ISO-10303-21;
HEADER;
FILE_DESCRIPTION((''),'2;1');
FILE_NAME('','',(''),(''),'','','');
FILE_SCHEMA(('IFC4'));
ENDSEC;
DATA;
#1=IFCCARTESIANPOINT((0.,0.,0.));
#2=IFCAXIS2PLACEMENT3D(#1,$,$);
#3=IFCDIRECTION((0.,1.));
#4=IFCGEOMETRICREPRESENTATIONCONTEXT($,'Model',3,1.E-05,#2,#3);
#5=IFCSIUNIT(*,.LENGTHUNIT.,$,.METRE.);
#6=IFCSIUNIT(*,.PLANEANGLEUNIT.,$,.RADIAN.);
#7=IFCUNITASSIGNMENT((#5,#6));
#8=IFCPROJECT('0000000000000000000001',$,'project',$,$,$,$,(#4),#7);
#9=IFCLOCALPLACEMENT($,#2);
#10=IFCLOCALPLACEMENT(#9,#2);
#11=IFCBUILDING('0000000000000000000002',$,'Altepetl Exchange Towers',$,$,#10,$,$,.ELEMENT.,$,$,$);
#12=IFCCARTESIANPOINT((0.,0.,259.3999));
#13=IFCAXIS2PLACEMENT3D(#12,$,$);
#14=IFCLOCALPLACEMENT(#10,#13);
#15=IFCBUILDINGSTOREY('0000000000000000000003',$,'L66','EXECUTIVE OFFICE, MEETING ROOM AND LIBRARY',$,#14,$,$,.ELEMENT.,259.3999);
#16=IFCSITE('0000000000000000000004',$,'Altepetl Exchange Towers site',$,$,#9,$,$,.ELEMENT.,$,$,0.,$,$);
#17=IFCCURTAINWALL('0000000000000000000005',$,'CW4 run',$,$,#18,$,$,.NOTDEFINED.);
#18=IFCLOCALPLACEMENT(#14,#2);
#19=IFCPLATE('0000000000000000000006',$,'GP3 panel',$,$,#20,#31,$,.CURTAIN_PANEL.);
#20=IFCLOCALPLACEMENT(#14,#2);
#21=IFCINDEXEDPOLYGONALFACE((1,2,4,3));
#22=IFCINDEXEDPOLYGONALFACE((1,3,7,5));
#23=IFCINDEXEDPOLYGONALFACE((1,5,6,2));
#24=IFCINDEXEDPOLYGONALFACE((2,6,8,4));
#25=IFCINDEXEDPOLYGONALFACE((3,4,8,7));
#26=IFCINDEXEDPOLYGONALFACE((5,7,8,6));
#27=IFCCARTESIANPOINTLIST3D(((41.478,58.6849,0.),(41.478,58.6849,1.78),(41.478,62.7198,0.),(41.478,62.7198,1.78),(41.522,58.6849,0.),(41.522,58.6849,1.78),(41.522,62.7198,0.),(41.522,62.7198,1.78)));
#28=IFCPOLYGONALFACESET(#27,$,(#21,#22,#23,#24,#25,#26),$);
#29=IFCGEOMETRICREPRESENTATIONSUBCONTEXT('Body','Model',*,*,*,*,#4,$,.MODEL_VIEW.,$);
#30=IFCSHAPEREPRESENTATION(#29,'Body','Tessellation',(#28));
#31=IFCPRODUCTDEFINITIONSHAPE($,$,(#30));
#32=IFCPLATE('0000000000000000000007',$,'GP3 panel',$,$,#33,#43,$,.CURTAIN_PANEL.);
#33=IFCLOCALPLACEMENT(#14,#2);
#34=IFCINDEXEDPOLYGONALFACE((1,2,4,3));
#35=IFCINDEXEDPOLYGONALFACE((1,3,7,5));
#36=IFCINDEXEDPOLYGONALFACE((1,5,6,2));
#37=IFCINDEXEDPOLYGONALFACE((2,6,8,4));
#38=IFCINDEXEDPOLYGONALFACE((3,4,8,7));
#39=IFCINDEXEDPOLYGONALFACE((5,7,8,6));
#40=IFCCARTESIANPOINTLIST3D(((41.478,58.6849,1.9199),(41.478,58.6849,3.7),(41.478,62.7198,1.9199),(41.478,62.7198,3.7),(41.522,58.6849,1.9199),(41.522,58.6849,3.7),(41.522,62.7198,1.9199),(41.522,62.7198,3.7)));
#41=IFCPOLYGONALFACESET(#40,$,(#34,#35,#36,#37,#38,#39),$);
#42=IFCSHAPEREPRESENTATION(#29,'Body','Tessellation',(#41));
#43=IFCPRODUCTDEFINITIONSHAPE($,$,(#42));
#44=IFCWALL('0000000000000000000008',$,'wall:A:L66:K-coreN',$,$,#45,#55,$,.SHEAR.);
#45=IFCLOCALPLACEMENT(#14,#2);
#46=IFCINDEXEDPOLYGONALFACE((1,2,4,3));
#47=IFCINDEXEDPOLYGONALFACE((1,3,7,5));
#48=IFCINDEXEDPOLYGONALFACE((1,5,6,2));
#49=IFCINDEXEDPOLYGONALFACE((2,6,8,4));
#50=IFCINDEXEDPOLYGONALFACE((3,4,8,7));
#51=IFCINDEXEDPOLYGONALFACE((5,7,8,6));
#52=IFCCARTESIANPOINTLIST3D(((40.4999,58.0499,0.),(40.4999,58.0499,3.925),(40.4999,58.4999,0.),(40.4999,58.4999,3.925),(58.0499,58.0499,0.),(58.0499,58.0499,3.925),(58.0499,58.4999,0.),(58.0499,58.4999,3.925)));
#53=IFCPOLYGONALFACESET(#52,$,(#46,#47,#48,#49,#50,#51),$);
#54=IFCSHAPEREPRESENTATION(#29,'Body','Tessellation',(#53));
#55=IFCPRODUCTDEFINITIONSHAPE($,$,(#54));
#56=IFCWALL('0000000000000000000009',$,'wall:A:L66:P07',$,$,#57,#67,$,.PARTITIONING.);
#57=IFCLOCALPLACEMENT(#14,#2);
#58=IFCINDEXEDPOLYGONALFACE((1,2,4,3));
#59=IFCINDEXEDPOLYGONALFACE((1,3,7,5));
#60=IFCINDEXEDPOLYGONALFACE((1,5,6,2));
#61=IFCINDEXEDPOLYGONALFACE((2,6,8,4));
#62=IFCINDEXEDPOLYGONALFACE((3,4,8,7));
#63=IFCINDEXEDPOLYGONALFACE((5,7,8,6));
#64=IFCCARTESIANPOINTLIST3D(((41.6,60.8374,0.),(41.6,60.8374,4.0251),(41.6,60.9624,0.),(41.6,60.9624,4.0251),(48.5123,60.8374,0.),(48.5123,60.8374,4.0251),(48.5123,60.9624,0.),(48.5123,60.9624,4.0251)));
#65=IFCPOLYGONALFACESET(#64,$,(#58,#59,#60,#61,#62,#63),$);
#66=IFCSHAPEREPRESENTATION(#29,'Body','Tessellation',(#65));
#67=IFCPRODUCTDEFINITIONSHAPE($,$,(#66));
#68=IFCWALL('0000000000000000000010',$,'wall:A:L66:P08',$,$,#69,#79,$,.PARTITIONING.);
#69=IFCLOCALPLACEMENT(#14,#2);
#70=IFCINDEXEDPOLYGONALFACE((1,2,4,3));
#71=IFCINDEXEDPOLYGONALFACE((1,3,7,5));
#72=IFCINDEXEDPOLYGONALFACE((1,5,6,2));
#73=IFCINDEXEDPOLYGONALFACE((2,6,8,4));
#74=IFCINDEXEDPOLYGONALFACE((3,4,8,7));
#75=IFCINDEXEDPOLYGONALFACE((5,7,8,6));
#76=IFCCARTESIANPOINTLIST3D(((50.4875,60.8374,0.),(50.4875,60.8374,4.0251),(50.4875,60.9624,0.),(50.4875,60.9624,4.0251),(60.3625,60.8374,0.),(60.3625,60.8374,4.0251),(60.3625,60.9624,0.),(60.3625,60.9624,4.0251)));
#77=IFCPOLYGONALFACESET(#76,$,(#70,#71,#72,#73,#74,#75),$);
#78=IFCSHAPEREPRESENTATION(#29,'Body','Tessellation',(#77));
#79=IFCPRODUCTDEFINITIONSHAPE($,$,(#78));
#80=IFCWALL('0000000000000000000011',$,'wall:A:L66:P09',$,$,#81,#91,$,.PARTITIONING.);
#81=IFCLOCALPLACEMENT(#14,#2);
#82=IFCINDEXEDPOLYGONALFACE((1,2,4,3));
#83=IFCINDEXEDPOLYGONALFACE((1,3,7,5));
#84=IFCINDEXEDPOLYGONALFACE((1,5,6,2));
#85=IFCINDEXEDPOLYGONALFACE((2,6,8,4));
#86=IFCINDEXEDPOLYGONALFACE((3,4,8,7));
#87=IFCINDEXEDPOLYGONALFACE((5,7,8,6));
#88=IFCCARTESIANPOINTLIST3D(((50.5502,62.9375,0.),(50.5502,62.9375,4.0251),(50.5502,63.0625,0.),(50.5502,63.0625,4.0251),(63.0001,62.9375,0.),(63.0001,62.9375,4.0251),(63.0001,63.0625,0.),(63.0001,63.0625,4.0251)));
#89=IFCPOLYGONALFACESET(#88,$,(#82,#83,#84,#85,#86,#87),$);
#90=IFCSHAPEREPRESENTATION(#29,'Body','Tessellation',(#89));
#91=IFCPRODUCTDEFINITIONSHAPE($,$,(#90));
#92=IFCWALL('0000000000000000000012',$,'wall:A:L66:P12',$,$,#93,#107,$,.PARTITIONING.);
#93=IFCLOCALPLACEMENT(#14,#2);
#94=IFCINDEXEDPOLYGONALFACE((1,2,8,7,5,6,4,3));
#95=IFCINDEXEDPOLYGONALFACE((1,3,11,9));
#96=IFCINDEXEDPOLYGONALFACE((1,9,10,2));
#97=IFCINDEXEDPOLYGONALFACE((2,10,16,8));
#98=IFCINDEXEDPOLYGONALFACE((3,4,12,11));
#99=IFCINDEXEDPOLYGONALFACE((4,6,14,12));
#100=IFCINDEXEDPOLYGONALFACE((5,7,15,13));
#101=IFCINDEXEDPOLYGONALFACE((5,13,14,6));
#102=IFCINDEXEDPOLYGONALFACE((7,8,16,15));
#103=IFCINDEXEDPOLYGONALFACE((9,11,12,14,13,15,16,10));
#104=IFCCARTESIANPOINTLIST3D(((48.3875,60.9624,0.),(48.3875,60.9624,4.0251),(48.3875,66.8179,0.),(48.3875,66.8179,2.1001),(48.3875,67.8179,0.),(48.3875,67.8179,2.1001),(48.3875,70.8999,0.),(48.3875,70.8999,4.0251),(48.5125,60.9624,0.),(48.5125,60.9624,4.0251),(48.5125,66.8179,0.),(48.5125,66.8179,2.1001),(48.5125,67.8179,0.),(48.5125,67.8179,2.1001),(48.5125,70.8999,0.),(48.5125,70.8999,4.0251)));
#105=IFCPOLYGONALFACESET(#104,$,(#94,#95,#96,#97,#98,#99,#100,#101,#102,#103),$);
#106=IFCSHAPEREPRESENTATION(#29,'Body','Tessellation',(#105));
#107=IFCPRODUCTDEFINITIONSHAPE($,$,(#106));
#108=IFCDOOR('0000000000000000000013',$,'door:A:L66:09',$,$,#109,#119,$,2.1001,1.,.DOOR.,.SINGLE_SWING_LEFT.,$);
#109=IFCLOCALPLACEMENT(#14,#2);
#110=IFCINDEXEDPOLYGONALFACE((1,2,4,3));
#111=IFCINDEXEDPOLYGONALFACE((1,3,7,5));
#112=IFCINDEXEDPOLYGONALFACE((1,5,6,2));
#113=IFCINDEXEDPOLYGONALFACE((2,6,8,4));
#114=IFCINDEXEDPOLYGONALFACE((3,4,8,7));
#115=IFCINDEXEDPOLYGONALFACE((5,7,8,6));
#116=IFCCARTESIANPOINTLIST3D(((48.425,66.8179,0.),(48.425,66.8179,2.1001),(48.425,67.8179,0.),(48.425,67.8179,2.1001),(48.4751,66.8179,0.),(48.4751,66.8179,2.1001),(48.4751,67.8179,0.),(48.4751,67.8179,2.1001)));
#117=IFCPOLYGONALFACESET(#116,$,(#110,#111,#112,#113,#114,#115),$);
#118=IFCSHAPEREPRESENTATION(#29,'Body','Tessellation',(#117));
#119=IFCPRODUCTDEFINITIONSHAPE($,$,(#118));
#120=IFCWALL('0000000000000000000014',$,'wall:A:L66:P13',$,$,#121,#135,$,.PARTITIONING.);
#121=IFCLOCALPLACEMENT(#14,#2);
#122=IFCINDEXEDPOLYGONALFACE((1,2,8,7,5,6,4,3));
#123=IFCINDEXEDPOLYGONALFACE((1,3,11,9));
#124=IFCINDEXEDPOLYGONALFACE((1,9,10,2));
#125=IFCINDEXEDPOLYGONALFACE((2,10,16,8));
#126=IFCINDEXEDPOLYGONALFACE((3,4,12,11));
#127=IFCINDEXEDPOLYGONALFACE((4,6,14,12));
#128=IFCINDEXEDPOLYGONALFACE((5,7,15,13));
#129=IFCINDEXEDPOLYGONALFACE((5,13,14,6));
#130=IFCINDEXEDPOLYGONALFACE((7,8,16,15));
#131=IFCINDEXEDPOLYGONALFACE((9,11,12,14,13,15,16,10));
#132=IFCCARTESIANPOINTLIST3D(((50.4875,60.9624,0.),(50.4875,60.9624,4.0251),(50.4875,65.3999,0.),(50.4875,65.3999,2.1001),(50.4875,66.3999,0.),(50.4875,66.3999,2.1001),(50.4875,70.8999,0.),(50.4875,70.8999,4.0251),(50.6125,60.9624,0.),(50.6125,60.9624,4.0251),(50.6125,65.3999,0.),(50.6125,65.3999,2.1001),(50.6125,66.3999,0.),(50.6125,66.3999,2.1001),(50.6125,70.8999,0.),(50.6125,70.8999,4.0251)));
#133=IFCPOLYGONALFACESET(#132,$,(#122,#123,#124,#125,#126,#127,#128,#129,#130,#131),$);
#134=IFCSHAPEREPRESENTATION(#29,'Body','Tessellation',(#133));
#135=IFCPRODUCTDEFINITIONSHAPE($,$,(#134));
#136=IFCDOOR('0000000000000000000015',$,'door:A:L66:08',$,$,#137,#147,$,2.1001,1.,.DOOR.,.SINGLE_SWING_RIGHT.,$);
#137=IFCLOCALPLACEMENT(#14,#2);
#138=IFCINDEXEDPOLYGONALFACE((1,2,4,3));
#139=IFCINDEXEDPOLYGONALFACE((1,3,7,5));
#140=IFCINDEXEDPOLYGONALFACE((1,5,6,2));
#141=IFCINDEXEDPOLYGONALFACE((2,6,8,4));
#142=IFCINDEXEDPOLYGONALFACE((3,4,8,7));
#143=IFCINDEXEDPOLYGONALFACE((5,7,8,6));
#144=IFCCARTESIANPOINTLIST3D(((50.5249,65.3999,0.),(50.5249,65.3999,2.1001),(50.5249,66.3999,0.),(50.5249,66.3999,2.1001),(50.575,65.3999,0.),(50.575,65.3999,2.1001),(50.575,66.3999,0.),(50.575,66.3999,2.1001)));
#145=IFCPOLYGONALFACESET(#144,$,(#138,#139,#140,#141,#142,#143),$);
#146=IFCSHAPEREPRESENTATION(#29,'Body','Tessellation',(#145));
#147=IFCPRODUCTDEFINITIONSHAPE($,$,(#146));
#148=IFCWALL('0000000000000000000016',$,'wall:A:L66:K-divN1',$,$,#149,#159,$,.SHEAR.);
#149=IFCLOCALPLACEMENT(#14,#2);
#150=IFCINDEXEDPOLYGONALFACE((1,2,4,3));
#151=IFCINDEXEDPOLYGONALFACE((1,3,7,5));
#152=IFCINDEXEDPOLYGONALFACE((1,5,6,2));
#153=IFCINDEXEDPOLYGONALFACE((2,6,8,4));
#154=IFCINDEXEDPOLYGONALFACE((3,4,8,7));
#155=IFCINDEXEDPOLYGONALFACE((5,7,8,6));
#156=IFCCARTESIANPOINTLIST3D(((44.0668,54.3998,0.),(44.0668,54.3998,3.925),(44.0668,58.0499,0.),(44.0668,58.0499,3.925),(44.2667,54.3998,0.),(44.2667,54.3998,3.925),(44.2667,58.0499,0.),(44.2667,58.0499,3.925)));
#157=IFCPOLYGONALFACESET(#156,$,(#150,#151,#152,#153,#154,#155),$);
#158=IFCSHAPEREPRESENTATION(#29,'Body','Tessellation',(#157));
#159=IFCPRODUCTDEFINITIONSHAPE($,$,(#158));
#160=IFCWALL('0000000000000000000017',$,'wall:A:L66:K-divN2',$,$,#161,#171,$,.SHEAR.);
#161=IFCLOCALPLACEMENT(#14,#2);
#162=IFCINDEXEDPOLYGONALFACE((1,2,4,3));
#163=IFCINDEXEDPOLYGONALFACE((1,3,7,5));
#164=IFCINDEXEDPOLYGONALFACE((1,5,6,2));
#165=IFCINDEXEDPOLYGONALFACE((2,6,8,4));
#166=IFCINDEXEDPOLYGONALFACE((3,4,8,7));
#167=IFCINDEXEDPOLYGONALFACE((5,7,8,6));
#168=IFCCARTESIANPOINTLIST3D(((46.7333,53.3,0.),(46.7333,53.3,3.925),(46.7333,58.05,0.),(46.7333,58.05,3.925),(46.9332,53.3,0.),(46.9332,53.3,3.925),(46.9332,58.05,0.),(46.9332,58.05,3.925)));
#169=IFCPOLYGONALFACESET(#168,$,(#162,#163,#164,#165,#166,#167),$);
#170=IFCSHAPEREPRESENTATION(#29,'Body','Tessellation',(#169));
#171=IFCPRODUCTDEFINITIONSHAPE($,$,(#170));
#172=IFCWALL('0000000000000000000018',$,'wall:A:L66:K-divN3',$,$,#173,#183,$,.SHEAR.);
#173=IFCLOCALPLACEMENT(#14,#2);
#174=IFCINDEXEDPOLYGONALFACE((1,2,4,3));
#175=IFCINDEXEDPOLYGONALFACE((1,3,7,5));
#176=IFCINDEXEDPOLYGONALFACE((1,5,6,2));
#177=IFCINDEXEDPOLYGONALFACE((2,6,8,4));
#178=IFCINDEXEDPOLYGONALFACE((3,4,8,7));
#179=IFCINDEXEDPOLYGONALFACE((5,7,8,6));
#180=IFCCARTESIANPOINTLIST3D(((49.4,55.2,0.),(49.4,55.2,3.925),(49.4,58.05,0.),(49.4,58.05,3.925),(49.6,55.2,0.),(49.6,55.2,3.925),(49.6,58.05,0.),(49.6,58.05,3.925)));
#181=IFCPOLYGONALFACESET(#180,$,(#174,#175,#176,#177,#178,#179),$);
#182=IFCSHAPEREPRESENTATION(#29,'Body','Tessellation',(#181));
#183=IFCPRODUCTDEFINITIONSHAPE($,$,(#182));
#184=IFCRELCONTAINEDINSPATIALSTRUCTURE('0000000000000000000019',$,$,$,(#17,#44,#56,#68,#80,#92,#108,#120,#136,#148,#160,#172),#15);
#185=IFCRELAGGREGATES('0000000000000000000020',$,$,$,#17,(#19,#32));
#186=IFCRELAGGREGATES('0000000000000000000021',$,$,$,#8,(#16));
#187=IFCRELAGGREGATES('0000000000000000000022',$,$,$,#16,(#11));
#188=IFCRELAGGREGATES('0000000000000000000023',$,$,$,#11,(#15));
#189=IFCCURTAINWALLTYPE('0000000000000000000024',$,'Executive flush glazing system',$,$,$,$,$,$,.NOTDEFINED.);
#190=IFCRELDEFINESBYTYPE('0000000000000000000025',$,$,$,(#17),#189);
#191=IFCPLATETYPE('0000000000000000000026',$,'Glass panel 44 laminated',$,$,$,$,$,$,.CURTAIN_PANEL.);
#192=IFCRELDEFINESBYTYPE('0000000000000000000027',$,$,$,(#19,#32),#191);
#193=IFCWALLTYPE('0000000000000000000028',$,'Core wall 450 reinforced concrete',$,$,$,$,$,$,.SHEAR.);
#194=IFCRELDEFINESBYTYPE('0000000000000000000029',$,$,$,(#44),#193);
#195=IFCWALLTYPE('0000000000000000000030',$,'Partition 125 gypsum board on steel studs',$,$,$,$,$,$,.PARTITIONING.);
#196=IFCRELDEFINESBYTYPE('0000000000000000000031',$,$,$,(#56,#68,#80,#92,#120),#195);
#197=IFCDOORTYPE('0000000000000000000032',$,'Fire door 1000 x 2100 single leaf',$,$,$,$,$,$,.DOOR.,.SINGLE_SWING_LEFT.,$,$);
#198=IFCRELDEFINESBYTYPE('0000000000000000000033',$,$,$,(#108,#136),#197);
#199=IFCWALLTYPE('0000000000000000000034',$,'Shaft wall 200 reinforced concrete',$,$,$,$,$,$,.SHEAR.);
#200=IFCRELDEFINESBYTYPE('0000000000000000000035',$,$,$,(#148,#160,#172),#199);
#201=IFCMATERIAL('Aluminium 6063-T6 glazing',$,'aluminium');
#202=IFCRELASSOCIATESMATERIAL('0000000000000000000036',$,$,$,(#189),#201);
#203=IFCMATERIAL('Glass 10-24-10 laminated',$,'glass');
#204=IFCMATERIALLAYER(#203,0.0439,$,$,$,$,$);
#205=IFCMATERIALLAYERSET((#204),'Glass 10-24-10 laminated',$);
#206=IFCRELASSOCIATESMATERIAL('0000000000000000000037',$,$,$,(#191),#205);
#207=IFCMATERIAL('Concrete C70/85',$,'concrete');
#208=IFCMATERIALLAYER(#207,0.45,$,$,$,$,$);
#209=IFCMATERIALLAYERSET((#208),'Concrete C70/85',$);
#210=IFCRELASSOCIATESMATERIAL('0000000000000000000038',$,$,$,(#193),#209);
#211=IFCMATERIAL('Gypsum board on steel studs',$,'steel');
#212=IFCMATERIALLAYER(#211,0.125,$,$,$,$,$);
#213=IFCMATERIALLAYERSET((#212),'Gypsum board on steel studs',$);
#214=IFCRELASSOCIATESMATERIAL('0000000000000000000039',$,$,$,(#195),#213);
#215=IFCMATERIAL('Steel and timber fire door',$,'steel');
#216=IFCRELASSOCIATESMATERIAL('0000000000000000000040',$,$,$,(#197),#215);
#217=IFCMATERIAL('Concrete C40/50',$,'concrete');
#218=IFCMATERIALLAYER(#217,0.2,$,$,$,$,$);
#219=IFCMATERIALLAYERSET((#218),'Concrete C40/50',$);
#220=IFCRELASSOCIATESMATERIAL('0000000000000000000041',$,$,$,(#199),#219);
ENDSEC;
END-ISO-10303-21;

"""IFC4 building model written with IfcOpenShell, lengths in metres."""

from ifc_helpers import new_model, si_unit, direction, frame, frame_2d, origin, origin_2d, place, context, subcontext, project, spatial, rectangle, extrude, material, layer, layer_set, type_object, element, fill, aggregate, save


model = new_model("IFC4")

# Units and contexts
model_context = context("Model", 3, precision=1e-05, world=origin(), true_north=direction((0.0, 1.0)))
body_context = subcontext(model_context, "Body", "Model", "MODEL_VIEW")
ifc_project = project(units=[si_unit("LENGTHUNIT", "METRE"), si_unit("PLANEANGLEUNIT", "RADIAN")], contexts=[model_context])

# Site, building, storey
site_placement = place(None, origin())
site = spatial("IfcSite", under=ifc_project, at=site_placement, Name="Altepetl Exchange Towers site", CompositionType="ELEMENT", RefElevation=0.0)
building_placement = place(site_placement, origin())
building = spatial("IfcBuilding", under=site, at=building_placement, Name="Altepetl Exchange Towers", CompositionType="ELEMENT")
storey_placement = place(building_placement, frame((0.0, 0.0, 259.3999)))
storey = spatial("IfcBuildingStorey", under=building, at=storey_placement, Name="L66", Description="EXECUTIVE OFFICE, MEETING ROOM AND LIBRARY", CompositionType="ELEMENT", Elevation=259.3999)

# Curtain wall
ifc_material_1 = material(Name="Aluminium 6063-T6 glazing", Category="aluminium")
curtain_wall_type = type_object("IfcCurtainWallType", Name="Executive flush glazing system", PredefinedType="NOTDEFINED", material=ifc_material_1)
curtain_wall_placement = place(storey_placement, origin())
curtain_wall = element("IfcCurtainWall", 1, at=curtain_wall_placement, inside=storey, type_object=curtain_wall_type, Name="CW4 run", PredefinedType="NOTDEFINED")

# Plates
ifc_material_2 = material(Name="Glass 10-24-10 laminated", Category="glass")
ifc_layer_1 = layer(ifc_material_2, 0.0439)
ifc_layer_set_1 = layer_set([ifc_layer_1], Name="Glass 10-24-10 laminated")
plate_type = type_object("IfcPlateType", Name="Glass panel 44 laminated", PredefinedType="CURTAIN_PANEL", material=ifc_layer_set_1)
plate_1_placement = place(storey_placement, frame((41.5, 60.7024, 0.0), z_axis=(0.0, 0.0, 1.0), x_axis=(0.0, -1.0, 0.0)))
plate_1 = element("IfcPlate", 2, at=plate_1_placement, type_object=plate_type, Name="GP3 panel", PredefinedType="CURTAIN_PANEL", context=body_context, shape_type="SweptSolid", body=[
    extrude(rectangle(XDim=4.0349, YDim=0.0439, at=origin_2d()), origin(), (0.0, 0.0, 1.0), 1.78),
])
plate_2_placement = place(storey_placement, frame((41.5, 60.7024, 1.9199), z_axis=(0.0, 0.0, 1.0), x_axis=(0.0, -1.0, 0.0)))
plate_2 = element("IfcPlate", 3, at=plate_2_placement, type_object=plate_type, Name="GP3 panel", PredefinedType="CURTAIN_PANEL", context=body_context, shape_type="SweptSolid", body=[
    extrude(rectangle(XDim=4.0349, YDim=0.0439, at=origin_2d()), origin(), (0.0, 0.0, 1.0), 1.78),
])
aggregate(curtain_wall, [plate_1, plate_2])

# Walls
ifc_material_3 = material(Name="Concrete C70/85", Category="concrete")
ifc_layer_2 = layer(ifc_material_3, 0.45)
ifc_layer_set_2 = layer_set([ifc_layer_2], Name="Concrete C70/85")
wall_type_1 = type_object("IfcWallType", Name="Core wall 450 reinforced concrete", PredefinedType="SHEAR", material=ifc_layer_set_2)
wall_1_placement = place(storey_placement, frame((40.5, 58.2749, 0.0)))
element("IfcWall", 4, at=wall_1_placement, inside=storey, type_object=wall_type_1, Name="wall:A:L66:K-coreN", PredefinedType="SHEAR", context=body_context, shape_type="SweptSolid", body=[
    extrude(rectangle(XDim=17.55, YDim=0.45, at=frame_2d((8.7749, 0.0))), origin(), (0.0, 0.0, 1.0), 3.925),
])
ifc_material_4 = material(Name="Gypsum board on steel studs", Category="steel")
ifc_layer_3 = layer(ifc_material_4, 0.125)
ifc_layer_set_3 = layer_set([ifc_layer_3], Name="Gypsum board on steel studs")
wall_type_2 = type_object("IfcWallType", Name="Partition 125 gypsum board on steel studs", PredefinedType="PARTITIONING", material=ifc_layer_set_3)
wall_2_placement = place(storey_placement, frame((41.6001, 60.8999, 0.0)))
element("IfcWall", 5, at=wall_2_placement, inside=storey, type_object=wall_type_2, Name="wall:A:L66:P07", PredefinedType="PARTITIONING", context=body_context, shape_type="SweptSolid", body=[
    extrude(rectangle(XDim=6.9124, YDim=0.125, at=frame_2d((3.4561, 0.0))), origin(), (0.0, 0.0, 1.0), 4.0251),
])
wall_3_placement = place(storey_placement, frame((50.4875, 60.8999, 0.0)))
element("IfcWall", 6, at=wall_3_placement, inside=storey, type_object=wall_type_2, Name="wall:A:L66:P08", PredefinedType="PARTITIONING", context=body_context, shape_type="SweptSolid", body=[
    extrude(rectangle(XDim=9.875, YDim=0.125, at=frame_2d((4.9375, 0.0))), origin(), (0.0, 0.0, 1.0), 4.0251),
])
wall_4_placement = place(storey_placement, frame((50.55, 63.0, 0.0)))
element("IfcWall", 7, at=wall_4_placement, inside=storey, type_object=wall_type_2, Name="wall:A:L66:P09", PredefinedType="PARTITIONING", context=body_context, shape_type="SweptSolid", body=[
    extrude(rectangle(XDim=12.45, YDim=0.125, at=frame_2d((6.2251, 0.0))), origin(), (0.0, 0.0, 1.0), 4.0251),
])

# Walls, openings, doors
wall_5_placement = place(storey_placement, frame((48.45, 60.9624, 0.0), z_axis=(0.0, 0.0, 1.0), x_axis=(0.0, 1.0, 0.0)))
wall_5 = element("IfcWall", 8, at=wall_5_placement, inside=storey, type_object=wall_type_2, Name="wall:A:L66:P12", PredefinedType="PARTITIONING", context=body_context, shape_type="SweptSolid", body=[
    extrude(rectangle(XDim=9.9375, YDim=0.125, at=frame_2d((4.9688, 0.0))), origin(), (0.0, 0.0, 1.0), 4.0251),
])
opening_1_placement = place(wall_5_placement, frame((5.8555, 0.0, 0.0)))
opening_1 = element("IfcOpeningElement", 9, at=opening_1_placement, cuts=wall_5, PredefinedType="OPENING", context=body_context, shape_type="SweptSolid", body=[
    extrude(rectangle(XDim=1.0, YDim=2.1001, at=frame_2d((0.5, 1.05))), frame((0.0, 0.0725, 0.0), z_axis=(0.0, -1.0, 0.0), x_axis=(1.0, 0.0, 0.0)), (0.0, 0.0, 1.0), 0.145),
])
ifc_material_5 = material(Name="Steel and timber fire door", Category="steel")
door_type = type_object("IfcDoorType", Name="Fire door 1000 x 2100 single leaf", OperationType="SINGLE_SWING_LEFT", PredefinedType="DOOR", material=ifc_material_5)
door_1_placement = place(opening_1_placement, origin())
door_1 = element("IfcDoor", 10, at=door_1_placement, inside=storey, type_object=door_type, Name="door:A:L66:09", OperationType="SINGLE_SWING_LEFT", OverallHeight=2.1001, OverallWidth=1.0, PredefinedType="DOOR", context=body_context, shape_type="SweptSolid", body=[
    extrude(rectangle(XDim=1.0, YDim=2.1001, at=frame_2d((0.5, 1.05))), frame((0.0, 0.0249, 0.0), z_axis=(0.0, -1.0, 0.0), x_axis=(1.0, 0.0, 0.0)), (0.0, 0.0, 1.0), 0.05),
])
fill(opening_1, door_1)
wall_6_placement = place(storey_placement, frame((50.55, 60.9624, 0.0), z_axis=(0.0, 0.0, 1.0), x_axis=(0.0, 1.0, 0.0)))
wall_6 = element("IfcWall", 11, at=wall_6_placement, inside=storey, type_object=wall_type_2, Name="wall:A:L66:P13", PredefinedType="PARTITIONING", context=body_context, shape_type="SweptSolid", body=[
    extrude(rectangle(XDim=9.9375, YDim=0.125, at=frame_2d((4.9688, 0.0))), origin(), (0.0, 0.0, 1.0), 4.0251),
])
opening_2_placement = place(wall_6_placement, frame((4.4375, 0.0, 0.0)))
opening_2 = element("IfcOpeningElement", 12, at=opening_2_placement, cuts=wall_6, PredefinedType="OPENING", context=body_context, shape_type="SweptSolid", body=[
    extrude(rectangle(XDim=1.0, YDim=2.1001, at=frame_2d((0.5, 1.05))), frame((0.0, 0.0725, 0.0), z_axis=(0.0, -1.0, 0.0), x_axis=(1.0, 0.0, 0.0)), (0.0, 0.0, 1.0), 0.145),
])
door_2_placement = place(opening_2_placement, frame((1.0, 0.0, 0.0), x_axis=(-1.0, 0.0, 0.0)))
door_2 = element("IfcDoor", 13, at=door_2_placement, inside=storey, type_object=door_type, Name="door:A:L66:08", OperationType="SINGLE_SWING_RIGHT", OverallHeight=2.1001, OverallWidth=1.0, PredefinedType="DOOR", context=body_context, shape_type="SweptSolid", body=[
    extrude(rectangle(XDim=1.0, YDim=2.1001, at=frame_2d((0.5, 1.05))), frame((0.0, 0.0249, 0.0), z_axis=(0.0, -1.0, 0.0), x_axis=(1.0, 0.0, 0.0)), (0.0, 0.0, 1.0), 0.05),
])
fill(opening_2, door_2)

# Walls
ifc_material_6 = material(Name="Concrete C40/50", Category="concrete")
ifc_layer_4 = layer(ifc_material_6, 0.2)
ifc_layer_set_4 = layer_set([ifc_layer_4], Name="Concrete C40/50")
wall_type_3 = type_object("IfcWallType", Name="Shaft wall 200 reinforced concrete", PredefinedType="SHEAR", material=ifc_layer_set_4)
wall_7_placement = place(storey_placement, frame((44.1667, 58.05, 0.0), z_axis=(0.0, 0.0, 1.0), x_axis=(0.0, -1.0, 0.0)))
element("IfcWall", 14, at=wall_7_placement, inside=storey, type_object=wall_type_3, Name="wall:A:L66:K-divN1", PredefinedType="SHEAR", context=body_context, shape_type="SweptSolid", body=[
    extrude(rectangle(XDim=3.6501, YDim=0.2, at=frame_2d((1.8252, 0.0))), origin(), (0.0, 0.0, 1.0), 3.925),
])
wall_8_placement = place(storey_placement, frame((46.8333, 58.05, 0.0), z_axis=(0.0, 0.0, 1.0), x_axis=(0.0, -1.0, 0.0)))
element("IfcWall", 15, at=wall_8_placement, inside=storey, type_object=wall_type_3, Name="wall:A:L66:K-divN2", PredefinedType="SHEAR", context=body_context, shape_type="SweptSolid", body=[
    extrude(rectangle(XDim=4.75, YDim=0.2, at=frame_2d((2.375, 0.0))), origin(), (0.0, 0.0, 1.0), 3.925),
])
for number, where, z_axis, x_axis, name in (
    (16, (49.5, 58.05, 0.0), (0.0, 0.0, 1.0), (0.0, -1.0, 0.0), "wall:A:L66:K-divN3"),
):
    element("IfcWall", number, at=place(storey_placement, frame(where, z_axis=z_axis, x_axis=x_axis)), inside=storey, type_object=wall_type_3, Name=name, PredefinedType="SHEAR", context=body_context, shape_type="SweptSolid", body=[
        extrude(rectangle(XDim=2.8501, YDim=0.2, at=frame_2d((1.425, 0.0))), origin(), (0.0, 0.0, 1.0), 3.925),
    ])

save(model, "model.ifc")
